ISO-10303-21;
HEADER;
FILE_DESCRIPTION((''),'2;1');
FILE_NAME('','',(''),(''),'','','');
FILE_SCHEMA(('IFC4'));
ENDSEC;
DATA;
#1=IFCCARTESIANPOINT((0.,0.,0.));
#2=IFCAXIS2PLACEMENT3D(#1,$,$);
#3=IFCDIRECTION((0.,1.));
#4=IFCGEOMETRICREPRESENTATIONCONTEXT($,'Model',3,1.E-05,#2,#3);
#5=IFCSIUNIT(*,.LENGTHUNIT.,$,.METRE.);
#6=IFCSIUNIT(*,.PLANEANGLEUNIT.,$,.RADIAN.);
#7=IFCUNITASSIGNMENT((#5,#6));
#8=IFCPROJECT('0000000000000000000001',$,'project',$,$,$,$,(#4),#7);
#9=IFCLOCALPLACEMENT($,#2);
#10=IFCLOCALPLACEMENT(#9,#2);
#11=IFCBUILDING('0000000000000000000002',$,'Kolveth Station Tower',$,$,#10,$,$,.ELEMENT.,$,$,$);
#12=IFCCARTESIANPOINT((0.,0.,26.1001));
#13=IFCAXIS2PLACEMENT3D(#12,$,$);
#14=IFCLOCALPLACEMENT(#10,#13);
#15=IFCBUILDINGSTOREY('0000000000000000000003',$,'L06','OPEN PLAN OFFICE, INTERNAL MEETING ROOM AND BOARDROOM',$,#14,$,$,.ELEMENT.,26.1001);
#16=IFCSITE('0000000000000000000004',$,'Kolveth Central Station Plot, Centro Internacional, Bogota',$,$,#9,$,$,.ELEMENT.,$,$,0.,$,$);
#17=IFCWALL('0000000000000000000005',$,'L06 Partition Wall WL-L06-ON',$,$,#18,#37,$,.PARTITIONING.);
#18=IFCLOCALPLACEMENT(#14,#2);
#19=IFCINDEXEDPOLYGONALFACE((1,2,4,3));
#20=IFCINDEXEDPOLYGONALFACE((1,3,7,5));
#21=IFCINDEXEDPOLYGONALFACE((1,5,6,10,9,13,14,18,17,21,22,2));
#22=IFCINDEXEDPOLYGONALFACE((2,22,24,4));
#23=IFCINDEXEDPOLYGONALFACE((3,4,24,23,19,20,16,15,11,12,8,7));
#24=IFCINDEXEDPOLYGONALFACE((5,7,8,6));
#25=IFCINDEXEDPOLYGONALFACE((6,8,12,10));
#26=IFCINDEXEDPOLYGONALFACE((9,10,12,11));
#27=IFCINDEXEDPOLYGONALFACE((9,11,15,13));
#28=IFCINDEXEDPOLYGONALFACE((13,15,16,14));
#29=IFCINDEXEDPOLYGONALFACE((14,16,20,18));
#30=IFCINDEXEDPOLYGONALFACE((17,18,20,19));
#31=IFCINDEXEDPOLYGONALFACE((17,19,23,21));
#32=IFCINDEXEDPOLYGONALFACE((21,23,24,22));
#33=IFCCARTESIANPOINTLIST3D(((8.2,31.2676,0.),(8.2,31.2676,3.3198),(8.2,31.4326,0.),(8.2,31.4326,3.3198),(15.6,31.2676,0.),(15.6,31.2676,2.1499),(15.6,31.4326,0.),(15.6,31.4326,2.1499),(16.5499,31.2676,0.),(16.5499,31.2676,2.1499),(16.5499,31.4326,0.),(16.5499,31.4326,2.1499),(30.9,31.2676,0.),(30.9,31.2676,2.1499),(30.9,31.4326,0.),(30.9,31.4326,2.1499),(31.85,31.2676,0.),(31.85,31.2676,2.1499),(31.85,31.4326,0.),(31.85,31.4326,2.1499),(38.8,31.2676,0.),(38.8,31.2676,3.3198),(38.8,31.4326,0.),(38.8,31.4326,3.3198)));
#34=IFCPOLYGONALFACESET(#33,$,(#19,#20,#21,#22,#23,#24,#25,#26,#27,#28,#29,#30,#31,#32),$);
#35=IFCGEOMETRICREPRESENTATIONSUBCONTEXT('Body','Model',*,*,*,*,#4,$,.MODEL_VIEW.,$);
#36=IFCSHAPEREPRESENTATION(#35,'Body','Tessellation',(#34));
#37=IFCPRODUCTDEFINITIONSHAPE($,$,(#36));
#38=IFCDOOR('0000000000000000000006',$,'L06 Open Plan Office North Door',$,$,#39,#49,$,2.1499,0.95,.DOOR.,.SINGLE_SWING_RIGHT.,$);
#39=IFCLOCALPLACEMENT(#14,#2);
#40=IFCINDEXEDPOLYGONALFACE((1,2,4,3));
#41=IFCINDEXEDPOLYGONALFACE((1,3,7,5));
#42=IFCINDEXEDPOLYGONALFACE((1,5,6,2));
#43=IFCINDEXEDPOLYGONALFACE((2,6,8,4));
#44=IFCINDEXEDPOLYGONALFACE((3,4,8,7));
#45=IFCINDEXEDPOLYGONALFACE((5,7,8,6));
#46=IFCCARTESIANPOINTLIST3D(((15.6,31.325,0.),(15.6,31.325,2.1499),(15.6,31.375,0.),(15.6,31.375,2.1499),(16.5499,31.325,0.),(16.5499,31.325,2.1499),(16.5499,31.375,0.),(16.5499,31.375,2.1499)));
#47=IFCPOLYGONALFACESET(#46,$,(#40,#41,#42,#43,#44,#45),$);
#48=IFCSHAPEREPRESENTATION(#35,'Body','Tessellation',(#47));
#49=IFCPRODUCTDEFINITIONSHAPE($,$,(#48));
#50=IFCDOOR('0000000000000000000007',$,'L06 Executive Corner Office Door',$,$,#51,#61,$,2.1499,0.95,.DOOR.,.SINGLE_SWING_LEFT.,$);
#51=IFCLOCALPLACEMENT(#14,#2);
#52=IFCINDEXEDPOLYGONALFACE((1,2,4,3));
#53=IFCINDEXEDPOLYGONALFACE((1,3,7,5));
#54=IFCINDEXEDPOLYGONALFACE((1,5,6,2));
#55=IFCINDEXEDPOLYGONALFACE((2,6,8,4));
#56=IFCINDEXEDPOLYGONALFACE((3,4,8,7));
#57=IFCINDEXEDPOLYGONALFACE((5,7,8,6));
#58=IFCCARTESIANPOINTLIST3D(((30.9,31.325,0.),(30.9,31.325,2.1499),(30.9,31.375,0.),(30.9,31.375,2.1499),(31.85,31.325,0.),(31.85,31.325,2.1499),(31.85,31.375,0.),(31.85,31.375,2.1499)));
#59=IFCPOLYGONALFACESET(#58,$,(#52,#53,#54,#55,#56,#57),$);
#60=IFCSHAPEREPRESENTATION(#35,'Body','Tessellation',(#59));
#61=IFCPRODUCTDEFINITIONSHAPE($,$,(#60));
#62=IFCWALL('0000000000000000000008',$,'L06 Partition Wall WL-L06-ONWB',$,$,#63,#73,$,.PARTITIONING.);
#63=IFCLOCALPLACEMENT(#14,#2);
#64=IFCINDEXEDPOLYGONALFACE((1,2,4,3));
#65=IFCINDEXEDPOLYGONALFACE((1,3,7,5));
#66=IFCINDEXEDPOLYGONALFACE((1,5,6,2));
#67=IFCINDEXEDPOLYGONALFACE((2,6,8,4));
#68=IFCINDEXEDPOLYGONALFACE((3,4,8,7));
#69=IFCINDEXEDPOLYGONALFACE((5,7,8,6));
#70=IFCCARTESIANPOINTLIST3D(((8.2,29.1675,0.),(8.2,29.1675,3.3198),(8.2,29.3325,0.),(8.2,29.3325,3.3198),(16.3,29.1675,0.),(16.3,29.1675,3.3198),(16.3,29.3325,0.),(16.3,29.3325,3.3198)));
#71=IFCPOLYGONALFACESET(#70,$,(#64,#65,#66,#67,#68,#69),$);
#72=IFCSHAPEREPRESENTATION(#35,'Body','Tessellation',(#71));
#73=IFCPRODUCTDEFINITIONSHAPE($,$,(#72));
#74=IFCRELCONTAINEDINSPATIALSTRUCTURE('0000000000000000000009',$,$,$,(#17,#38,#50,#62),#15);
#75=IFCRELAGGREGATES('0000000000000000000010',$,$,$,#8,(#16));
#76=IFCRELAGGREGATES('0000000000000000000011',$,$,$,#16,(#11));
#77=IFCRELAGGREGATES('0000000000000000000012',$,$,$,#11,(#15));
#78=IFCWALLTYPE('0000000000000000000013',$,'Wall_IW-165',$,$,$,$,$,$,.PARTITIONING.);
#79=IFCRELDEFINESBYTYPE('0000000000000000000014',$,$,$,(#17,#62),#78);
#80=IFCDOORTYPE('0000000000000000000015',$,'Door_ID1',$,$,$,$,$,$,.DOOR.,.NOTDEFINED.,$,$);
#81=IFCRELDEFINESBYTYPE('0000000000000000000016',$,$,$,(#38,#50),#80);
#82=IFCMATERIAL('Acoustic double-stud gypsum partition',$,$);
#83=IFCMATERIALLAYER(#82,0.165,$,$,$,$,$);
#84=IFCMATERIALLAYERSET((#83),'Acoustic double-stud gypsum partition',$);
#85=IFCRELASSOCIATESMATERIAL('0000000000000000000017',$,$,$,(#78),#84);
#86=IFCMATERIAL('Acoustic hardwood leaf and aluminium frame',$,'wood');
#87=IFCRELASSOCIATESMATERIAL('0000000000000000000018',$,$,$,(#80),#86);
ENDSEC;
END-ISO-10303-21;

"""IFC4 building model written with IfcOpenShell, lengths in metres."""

from ifc_helpers import new_model, si_unit, direction, frame, frame_2d, origin, place, context, subcontext, project, spatial, rectangle, extrude, material, layer, layer_set, type_object, element, fill, save


model = new_model("IFC4")

# Units and contexts
model_context = context("Model", 3, precision=1e-05, world=origin(), true_north=direction((0.0, 1.0)))
body_context = subcontext(model_context, "Body", "Model", "MODEL_VIEW")
ifc_project = project(units=[si_unit("LENGTHUNIT", "METRE"), si_unit("PLANEANGLEUNIT", "RADIAN")], contexts=[model_context])

# Site, building, storey
site_placement = place(None, origin())
site = spatial("IfcSite", under=ifc_project, at=site_placement, Name="Kolveth Central Station Plot, Centro Internacional, Bogota", CompositionType="ELEMENT", RefElevation=0.0)
building_placement = place(site_placement, origin())
building = spatial("IfcBuilding", under=site, at=building_placement, Name="Kolveth Station Tower", CompositionType="ELEMENT")
storey_placement = place(building_placement, frame((0.0, 0.0, 26.1001)))
storey = spatial("IfcBuildingStorey", under=building, at=storey_placement, Name="L06", Description="OPEN PLAN OFFICE, INTERNAL MEETING ROOM AND BOARDROOM", CompositionType="ELEMENT", Elevation=26.1001)

# Wall, openings, doors
ifc_material_1 = material(Name="Acoustic double-stud gypsum partition")
ifc_layer_1 = layer(ifc_material_1, 0.165)
ifc_layer_set_1 = layer_set([ifc_layer_1], Name="Acoustic double-stud gypsum partition")
wall_type = type_object("IfcWallType", Name="Wall_IW-165", PredefinedType="PARTITIONING", material=ifc_layer_set_1)
wall_1_placement = place(storey_placement, frame((8.2, 31.3501, 0.0), z_axis=(0.0, 0.0, 1.0), x_axis=(1.0, 0.0, 0.0)))
wall_1 = element("IfcWall", 1, at=wall_1_placement, inside=storey, type_object=wall_type, Name="L06 Partition Wall WL-L06-ON", PredefinedType="PARTITIONING", context=body_context, shape_type="SweptSolid", body=[
    extrude(rectangle(XDim=30.6001, YDim=0.165, at=frame_2d((15.3, 0.0))), origin(), (0.0, 0.0, 1.0), 3.3198),
])
opening_1_placement = place(wall_1_placement, frame((7.3999, 0.0, 0.0)))
opening_1 = element("IfcOpeningElement", 2, at=opening_1_placement, cuts=wall_1, PredefinedType="OPENING", context=body_context, shape_type="SweptSolid", body=[
    extrude(rectangle(XDim=0.95, YDim=2.1499, at=frame_2d((0.4751, 1.075))), frame((0.0, 0.0925, 0.0), z_axis=(0.0, -1.0, 0.0), x_axis=(1.0, 0.0, 0.0)), (0.0, 0.0, 1.0), 0.1851),
])
opening_2_placement = place(wall_1_placement, frame((22.7, 0.0, 0.0)))
opening_2 = element("IfcOpeningElement", 3, at=opening_2_placement, cuts=wall_1, PredefinedType="OPENING", context=body_context, shape_type="SweptSolid", body=[
    extrude(rectangle(XDim=0.95, YDim=2.1499, at=frame_2d((0.4751, 1.075))), frame((0.0, 0.0925, 0.0), z_axis=(0.0, -1.0, 0.0), x_axis=(1.0, 0.0, 0.0)), (0.0, 0.0, 1.0), 0.1851),
])
ifc_material_2 = material(Name="Acoustic hardwood leaf and aluminium frame", Category="wood")
door_type = type_object("IfcDoorType", Name="Door_ID1", OperationType="NOTDEFINED", PredefinedType="DOOR", material=ifc_material_2)
door_1_placement = place(opening_1_placement, origin())
door_1 = element("IfcDoor", 4, at=door_1_placement, inside=storey, type_object=door_type, Name="L06 Open Plan Office North Door", OperationType="SINGLE_SWING_RIGHT", OverallHeight=2.1499, OverallWidth=0.95, PredefinedType="DOOR", context=body_context, shape_type="SweptSolid", body=[
    extrude(rectangle(XDim=0.95, YDim=2.1499, at=frame_2d((0.4751, 1.075))), frame((0.0, 0.0249, 0.0), z_axis=(0.0, -1.0, 0.0), x_axis=(1.0, 0.0, 0.0)), (0.0, 0.0, 1.0), 0.05),
])
fill(opening_1, door_1)
door_2_placement = place(opening_2_placement, origin())
door_2 = element("IfcDoor", 5, at=door_2_placement, inside=storey, type_object=door_type, Name="L06 Executive Corner Office Door", OperationType="SINGLE_SWING_LEFT", OverallHeight=2.1499, OverallWidth=0.95, PredefinedType="DOOR", context=body_context, shape_type="SweptSolid", body=[
    extrude(rectangle(XDim=0.95, YDim=2.1499, at=frame_2d((0.4751, 1.075))), frame((0.0, 0.0249, 0.0), z_axis=(0.0, -1.0, 0.0), x_axis=(1.0, 0.0, 0.0)), (0.0, 0.0, 1.0), 0.05),
])
fill(opening_2, door_2)

# Wall
wall_2_placement = place(storey_placement, frame((8.2, 29.25, 0.0), z_axis=(0.0, 0.0, 1.0), x_axis=(1.0, 0.0, 0.0)))
element("IfcWall", 6, at=wall_2_placement, inside=storey, type_object=wall_type, Name="L06 Partition Wall WL-L06-ONWB", PredefinedType="PARTITIONING", context=body_context, shape_type="SweptSolid", body=[
    extrude(rectangle(XDim=8.1001, YDim=0.165, at=frame_2d((4.05, 0.0))), origin(), (0.0, 0.0, 1.0), 3.3198),
])

save(model, "model.ifc")
